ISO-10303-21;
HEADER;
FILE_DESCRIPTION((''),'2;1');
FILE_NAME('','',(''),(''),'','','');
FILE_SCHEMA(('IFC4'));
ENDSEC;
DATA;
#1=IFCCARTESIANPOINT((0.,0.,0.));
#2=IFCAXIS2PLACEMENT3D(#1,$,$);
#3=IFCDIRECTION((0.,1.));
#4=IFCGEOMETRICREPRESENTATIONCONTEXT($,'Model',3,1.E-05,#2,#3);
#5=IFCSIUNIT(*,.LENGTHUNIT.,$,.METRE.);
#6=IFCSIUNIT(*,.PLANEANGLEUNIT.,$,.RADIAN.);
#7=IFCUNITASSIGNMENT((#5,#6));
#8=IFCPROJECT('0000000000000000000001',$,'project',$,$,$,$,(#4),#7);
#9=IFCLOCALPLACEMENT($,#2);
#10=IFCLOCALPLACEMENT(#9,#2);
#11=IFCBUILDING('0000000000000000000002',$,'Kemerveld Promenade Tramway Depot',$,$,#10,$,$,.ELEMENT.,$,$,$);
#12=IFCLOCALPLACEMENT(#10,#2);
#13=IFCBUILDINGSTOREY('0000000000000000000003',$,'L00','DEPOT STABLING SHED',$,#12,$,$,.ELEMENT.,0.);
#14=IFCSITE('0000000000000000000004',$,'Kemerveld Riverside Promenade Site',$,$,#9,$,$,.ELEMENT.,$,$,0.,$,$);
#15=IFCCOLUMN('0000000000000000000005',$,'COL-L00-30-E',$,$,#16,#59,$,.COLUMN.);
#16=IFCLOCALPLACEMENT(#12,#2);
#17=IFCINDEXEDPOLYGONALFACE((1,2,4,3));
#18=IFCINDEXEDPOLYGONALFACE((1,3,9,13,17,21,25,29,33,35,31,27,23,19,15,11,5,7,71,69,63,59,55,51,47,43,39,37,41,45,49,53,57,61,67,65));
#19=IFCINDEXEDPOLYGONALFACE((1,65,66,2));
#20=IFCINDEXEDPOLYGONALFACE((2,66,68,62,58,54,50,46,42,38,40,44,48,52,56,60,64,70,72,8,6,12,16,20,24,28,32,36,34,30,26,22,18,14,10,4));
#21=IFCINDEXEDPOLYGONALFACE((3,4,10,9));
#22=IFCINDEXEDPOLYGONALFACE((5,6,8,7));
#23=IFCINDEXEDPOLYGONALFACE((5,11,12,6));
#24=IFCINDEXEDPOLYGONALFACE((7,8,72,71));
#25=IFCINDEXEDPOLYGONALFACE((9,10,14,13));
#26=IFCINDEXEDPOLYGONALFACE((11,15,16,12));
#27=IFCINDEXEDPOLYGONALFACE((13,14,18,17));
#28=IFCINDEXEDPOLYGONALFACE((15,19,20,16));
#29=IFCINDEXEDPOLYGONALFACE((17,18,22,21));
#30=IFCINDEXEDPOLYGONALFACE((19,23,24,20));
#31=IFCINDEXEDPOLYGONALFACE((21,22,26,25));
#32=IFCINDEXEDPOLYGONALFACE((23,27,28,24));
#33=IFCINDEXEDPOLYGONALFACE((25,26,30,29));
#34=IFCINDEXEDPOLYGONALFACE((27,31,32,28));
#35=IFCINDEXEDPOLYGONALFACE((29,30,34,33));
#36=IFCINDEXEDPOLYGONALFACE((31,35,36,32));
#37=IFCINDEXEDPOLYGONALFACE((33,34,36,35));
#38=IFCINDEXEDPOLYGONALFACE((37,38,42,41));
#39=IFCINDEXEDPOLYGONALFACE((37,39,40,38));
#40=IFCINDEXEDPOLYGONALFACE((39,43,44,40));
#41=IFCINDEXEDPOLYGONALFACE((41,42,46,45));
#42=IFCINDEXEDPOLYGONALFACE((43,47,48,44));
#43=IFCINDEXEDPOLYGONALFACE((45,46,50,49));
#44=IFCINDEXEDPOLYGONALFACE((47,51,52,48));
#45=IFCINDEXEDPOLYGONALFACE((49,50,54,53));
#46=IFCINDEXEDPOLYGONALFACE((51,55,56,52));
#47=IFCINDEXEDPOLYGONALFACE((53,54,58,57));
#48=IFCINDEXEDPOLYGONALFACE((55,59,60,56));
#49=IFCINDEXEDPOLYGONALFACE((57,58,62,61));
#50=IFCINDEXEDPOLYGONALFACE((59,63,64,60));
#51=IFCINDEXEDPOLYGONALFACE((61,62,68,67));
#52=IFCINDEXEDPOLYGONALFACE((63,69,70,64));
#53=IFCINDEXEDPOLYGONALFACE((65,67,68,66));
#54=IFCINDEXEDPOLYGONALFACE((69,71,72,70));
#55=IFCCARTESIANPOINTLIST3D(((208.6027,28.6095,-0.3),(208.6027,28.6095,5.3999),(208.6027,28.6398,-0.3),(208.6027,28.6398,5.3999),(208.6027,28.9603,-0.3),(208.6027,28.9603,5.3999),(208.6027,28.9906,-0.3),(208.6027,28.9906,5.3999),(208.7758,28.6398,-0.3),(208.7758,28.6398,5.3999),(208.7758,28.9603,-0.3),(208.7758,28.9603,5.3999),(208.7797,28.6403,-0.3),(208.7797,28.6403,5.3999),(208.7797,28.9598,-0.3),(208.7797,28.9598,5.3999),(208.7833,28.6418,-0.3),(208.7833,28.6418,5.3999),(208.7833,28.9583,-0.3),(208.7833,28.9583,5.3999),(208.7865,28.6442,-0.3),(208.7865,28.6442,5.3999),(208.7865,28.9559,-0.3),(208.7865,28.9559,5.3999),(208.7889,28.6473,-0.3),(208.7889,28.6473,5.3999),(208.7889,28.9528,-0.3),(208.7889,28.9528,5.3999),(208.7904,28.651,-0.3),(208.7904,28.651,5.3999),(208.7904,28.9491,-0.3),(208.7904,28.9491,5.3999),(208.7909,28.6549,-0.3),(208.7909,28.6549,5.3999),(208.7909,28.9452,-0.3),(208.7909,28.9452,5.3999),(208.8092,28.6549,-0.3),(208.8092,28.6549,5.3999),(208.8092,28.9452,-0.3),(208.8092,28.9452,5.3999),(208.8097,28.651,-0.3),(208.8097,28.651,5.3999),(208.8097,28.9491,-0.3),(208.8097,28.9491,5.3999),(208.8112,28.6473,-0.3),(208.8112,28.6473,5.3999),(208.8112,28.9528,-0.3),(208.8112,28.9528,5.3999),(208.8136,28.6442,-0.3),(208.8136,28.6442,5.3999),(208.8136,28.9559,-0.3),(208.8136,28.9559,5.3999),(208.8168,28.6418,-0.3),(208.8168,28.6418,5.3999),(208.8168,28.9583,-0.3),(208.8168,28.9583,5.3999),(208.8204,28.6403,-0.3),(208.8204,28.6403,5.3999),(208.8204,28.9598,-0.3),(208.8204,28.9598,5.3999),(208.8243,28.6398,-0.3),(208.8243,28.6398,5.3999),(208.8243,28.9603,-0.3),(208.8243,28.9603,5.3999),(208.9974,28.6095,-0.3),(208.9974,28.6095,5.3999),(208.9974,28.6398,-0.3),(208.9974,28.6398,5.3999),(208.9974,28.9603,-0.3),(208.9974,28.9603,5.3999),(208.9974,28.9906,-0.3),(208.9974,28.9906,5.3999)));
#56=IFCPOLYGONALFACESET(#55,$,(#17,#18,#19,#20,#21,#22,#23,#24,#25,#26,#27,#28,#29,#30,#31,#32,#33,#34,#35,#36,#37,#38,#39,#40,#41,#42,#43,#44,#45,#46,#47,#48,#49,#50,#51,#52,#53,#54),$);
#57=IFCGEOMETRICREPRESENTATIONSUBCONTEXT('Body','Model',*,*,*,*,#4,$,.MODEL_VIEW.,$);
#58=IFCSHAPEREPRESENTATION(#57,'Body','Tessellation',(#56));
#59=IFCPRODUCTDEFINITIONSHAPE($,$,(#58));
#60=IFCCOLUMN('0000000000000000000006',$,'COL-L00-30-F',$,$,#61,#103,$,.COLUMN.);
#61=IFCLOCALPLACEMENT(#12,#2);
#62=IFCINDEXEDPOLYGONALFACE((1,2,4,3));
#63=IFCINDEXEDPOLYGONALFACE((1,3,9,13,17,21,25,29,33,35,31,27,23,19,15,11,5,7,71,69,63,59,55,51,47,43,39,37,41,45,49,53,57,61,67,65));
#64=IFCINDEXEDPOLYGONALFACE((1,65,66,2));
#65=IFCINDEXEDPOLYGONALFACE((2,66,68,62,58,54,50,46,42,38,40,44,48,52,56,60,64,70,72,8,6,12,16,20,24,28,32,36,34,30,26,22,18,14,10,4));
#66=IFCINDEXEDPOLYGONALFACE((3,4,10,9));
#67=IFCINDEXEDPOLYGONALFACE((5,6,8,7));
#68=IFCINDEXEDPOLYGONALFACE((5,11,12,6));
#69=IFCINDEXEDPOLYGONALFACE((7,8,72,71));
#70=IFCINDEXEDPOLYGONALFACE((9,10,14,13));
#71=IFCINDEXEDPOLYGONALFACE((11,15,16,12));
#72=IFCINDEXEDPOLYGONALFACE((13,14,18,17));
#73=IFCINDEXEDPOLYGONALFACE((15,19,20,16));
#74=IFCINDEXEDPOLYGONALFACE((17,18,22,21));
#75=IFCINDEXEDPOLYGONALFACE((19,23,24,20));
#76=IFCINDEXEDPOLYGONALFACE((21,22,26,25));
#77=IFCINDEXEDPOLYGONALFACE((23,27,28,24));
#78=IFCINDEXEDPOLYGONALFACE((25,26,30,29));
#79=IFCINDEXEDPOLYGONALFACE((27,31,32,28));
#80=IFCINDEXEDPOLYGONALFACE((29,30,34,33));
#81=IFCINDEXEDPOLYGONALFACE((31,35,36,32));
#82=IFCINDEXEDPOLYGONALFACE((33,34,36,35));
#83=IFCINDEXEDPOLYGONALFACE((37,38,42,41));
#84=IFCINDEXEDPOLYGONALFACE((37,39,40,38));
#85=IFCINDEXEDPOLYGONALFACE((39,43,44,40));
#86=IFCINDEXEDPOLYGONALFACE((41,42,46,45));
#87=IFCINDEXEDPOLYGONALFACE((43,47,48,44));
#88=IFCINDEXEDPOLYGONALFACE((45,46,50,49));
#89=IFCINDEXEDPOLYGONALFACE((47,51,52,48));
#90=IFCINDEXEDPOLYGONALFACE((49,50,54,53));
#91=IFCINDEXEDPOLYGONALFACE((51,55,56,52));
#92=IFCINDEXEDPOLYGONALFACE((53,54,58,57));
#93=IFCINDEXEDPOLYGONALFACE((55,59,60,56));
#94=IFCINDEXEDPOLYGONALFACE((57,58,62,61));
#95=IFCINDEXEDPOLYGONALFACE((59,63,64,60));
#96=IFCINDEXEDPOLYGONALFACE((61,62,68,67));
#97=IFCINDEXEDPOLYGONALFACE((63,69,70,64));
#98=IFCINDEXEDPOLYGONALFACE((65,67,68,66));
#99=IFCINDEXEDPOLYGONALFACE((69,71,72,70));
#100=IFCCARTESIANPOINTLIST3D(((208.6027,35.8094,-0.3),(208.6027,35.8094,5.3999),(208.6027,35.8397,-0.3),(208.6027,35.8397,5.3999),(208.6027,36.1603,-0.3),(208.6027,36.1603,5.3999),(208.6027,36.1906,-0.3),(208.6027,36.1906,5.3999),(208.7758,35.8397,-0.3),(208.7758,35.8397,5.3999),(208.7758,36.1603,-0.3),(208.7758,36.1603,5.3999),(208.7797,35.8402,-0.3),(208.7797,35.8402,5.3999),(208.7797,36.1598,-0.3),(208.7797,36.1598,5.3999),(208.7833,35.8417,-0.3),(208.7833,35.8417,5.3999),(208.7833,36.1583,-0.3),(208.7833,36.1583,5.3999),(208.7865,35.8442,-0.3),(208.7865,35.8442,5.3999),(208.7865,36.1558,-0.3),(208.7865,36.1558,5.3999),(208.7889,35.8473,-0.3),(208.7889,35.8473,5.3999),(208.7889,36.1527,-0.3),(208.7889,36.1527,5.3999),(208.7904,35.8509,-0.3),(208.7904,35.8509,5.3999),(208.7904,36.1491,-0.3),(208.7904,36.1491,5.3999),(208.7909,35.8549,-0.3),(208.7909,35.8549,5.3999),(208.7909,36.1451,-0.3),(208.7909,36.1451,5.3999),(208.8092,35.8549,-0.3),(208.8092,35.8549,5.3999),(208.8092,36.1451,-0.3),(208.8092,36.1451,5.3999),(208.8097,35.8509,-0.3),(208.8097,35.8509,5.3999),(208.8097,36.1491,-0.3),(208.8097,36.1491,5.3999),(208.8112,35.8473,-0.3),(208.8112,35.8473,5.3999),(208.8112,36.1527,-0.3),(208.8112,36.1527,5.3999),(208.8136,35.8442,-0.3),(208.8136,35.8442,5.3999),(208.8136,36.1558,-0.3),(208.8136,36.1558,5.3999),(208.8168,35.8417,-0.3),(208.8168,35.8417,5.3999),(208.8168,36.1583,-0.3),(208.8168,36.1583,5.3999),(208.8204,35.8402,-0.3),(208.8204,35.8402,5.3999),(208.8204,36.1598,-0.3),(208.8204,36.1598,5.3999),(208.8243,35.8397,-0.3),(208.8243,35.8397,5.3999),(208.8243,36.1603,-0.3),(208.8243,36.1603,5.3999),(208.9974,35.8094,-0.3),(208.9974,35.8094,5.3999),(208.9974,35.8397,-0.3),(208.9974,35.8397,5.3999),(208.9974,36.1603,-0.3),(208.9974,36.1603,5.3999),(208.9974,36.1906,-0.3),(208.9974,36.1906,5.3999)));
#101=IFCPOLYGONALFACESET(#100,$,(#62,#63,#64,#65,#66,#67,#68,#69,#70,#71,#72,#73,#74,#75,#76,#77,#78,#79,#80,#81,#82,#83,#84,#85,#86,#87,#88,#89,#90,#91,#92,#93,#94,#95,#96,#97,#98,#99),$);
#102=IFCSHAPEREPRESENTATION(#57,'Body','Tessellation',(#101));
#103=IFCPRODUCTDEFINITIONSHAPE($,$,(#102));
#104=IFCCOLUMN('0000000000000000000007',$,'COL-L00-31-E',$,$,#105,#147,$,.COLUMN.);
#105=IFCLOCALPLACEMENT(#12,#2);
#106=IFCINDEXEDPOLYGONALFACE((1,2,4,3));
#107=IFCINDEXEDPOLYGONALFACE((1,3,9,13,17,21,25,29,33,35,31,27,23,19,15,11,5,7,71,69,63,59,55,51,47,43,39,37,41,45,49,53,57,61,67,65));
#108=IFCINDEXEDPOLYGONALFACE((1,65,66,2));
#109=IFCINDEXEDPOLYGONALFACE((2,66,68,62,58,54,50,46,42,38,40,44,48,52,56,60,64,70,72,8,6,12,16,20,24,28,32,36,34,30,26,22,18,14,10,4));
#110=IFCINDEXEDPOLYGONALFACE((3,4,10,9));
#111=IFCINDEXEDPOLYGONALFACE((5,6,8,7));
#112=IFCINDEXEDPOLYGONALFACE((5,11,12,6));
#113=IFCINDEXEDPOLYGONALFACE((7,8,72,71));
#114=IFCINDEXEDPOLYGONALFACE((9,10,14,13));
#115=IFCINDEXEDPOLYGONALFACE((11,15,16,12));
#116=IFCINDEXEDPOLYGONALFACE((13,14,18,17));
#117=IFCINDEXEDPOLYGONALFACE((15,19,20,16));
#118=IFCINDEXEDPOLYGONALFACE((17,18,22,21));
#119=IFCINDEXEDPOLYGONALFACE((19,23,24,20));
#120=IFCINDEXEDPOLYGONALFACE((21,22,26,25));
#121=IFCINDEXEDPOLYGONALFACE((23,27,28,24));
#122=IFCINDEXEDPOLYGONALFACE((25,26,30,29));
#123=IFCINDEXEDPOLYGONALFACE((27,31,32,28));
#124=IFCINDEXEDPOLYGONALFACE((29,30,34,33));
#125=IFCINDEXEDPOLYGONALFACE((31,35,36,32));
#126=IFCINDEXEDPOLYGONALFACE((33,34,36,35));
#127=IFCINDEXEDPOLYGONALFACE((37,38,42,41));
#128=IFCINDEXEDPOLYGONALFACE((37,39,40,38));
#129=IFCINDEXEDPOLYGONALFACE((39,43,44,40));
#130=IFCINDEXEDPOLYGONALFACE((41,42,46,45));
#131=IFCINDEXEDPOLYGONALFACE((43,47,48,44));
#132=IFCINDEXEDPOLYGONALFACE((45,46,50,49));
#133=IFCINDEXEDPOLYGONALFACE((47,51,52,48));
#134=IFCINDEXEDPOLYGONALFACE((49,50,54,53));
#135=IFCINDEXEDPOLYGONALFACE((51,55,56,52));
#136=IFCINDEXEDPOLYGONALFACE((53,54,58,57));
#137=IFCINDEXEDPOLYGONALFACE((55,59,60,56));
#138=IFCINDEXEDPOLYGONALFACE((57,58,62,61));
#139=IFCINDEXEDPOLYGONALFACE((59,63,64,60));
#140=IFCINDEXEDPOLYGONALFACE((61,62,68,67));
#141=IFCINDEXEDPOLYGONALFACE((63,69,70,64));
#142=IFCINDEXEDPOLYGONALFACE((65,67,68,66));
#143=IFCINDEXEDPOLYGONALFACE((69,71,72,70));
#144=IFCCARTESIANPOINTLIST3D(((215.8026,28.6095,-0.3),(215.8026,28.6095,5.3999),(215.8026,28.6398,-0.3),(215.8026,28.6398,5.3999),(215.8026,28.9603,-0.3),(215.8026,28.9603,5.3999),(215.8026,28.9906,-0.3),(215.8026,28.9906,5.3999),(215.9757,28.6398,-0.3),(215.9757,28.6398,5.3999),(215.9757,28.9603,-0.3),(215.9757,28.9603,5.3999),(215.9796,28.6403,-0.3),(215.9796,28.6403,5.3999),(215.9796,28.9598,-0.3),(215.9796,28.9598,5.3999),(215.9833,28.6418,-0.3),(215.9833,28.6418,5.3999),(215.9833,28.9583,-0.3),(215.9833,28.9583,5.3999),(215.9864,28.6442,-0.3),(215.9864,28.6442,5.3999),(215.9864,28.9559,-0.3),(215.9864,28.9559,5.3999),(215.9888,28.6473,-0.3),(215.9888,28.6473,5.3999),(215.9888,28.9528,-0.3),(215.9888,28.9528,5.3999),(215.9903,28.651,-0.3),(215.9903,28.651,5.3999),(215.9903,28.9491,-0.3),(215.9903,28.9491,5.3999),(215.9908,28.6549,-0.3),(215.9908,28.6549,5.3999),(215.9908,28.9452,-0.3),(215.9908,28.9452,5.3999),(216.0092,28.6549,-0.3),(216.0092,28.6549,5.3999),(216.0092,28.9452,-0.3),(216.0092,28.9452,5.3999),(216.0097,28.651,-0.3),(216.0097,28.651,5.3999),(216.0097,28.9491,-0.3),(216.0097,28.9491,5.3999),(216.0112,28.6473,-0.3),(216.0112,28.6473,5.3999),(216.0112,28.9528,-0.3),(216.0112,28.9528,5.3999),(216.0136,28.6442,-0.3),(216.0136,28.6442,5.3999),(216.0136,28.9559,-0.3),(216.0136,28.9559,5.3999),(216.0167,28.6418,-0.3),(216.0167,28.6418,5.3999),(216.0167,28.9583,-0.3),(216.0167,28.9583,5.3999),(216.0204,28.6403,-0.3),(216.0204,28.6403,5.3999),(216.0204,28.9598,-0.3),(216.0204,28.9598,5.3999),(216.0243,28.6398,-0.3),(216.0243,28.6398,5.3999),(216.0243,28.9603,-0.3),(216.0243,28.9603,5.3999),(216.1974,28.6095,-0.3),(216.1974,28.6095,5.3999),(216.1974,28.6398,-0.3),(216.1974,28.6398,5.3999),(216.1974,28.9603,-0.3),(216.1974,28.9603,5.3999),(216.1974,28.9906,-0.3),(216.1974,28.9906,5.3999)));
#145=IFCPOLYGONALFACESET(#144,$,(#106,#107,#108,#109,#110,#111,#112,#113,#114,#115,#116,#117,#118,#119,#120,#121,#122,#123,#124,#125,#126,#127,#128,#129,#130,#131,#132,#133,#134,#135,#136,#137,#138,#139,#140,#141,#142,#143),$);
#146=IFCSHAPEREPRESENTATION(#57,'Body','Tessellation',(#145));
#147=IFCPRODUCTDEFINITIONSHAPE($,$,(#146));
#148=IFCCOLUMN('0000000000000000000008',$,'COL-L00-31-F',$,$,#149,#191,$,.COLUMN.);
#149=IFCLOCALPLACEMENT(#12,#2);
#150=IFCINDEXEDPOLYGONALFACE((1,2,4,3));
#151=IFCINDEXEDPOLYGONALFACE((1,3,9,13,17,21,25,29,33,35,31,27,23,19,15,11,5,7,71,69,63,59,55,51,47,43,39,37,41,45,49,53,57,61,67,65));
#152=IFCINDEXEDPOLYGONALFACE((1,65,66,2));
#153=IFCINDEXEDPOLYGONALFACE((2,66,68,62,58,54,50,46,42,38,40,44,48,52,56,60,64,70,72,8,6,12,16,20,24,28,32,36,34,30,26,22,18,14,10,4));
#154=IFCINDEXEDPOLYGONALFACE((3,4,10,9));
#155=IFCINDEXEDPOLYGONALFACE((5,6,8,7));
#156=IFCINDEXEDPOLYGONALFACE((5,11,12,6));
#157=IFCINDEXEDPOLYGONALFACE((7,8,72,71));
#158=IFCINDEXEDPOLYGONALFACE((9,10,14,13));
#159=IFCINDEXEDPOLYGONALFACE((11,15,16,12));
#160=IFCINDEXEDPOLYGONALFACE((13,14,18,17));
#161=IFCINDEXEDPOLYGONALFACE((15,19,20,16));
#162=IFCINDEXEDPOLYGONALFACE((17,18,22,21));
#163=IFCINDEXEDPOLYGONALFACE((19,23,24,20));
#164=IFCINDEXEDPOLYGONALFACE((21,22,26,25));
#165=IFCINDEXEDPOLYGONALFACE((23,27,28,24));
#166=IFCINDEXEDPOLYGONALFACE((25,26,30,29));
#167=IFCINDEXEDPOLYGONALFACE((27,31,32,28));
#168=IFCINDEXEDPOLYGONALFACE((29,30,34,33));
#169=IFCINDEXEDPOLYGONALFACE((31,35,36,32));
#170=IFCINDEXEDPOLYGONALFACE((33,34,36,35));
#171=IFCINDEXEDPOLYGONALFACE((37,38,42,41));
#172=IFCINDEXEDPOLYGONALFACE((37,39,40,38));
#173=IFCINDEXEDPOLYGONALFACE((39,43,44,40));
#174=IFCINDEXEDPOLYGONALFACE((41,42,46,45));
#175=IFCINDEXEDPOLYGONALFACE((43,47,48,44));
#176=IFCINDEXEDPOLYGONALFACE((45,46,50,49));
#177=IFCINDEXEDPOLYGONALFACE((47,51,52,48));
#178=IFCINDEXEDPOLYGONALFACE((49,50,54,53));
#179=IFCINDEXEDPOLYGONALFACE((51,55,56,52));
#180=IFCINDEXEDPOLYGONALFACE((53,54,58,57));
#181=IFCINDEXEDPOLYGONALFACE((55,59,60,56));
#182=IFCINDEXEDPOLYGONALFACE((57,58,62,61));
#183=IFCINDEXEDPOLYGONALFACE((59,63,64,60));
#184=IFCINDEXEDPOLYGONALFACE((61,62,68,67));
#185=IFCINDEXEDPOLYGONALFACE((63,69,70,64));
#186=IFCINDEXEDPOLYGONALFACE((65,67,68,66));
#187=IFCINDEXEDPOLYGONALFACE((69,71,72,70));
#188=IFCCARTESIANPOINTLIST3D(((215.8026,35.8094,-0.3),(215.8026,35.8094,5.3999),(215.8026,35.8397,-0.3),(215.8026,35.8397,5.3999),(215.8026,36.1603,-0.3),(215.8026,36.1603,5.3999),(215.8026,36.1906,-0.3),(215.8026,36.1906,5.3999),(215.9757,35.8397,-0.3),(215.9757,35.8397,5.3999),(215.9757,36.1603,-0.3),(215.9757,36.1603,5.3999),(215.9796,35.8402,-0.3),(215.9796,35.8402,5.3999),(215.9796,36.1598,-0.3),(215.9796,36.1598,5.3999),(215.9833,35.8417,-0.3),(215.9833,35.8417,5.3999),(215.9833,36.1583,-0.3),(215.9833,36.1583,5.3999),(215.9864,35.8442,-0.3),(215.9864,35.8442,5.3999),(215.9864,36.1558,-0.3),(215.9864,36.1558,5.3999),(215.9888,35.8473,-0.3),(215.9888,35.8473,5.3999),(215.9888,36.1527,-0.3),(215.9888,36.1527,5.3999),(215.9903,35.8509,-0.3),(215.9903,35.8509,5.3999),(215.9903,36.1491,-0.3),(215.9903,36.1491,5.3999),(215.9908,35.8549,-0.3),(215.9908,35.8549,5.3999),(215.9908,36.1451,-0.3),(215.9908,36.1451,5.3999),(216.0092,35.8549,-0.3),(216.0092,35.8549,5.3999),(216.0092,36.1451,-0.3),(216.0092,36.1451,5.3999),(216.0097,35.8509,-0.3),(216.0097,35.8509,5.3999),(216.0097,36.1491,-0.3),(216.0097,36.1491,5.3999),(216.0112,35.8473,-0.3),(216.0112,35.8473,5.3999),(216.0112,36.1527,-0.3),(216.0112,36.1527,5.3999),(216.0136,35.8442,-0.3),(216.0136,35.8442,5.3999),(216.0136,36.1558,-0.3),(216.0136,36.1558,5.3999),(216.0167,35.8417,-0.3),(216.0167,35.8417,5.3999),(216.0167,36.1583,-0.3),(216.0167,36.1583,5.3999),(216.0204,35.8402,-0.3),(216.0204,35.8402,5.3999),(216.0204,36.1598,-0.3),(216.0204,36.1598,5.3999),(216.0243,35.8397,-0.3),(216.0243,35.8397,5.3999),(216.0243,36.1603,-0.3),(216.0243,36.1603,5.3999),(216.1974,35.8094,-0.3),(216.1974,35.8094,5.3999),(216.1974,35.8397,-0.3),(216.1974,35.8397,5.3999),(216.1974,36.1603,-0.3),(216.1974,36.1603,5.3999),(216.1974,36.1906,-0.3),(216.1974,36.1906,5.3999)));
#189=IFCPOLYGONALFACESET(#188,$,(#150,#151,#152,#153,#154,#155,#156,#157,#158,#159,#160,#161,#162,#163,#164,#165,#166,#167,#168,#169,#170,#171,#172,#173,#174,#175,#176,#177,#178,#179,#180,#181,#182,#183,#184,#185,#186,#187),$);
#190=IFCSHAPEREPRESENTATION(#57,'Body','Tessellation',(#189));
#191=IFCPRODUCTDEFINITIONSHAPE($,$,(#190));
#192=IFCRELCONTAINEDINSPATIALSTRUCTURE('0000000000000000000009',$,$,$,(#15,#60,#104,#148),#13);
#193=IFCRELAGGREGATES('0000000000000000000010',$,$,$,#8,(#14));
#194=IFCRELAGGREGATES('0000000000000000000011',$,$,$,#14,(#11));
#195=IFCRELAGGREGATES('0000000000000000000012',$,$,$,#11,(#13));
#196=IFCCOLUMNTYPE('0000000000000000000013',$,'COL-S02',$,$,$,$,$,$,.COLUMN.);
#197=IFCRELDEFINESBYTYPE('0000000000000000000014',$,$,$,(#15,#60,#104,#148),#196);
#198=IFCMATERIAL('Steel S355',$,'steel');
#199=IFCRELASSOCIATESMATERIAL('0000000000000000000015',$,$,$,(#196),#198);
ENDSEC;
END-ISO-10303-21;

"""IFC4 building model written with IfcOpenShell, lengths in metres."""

from ifc_helpers import new_model, si_unit, direction, frame, origin, origin_2d, place, context, subcontext, project, spatial, i_section, extrude, material, material_profile, profile_set, type_object, element, save


model = new_model("IFC4")

# Units and contexts
model_context = context("Model", 3, precision=1e-05, world=origin(), true_north=direction((0.0, 1.0)))
body_context = subcontext(model_context, "Body", "Model", "MODEL_VIEW")
ifc_project = project(units=[si_unit("LENGTHUNIT", "METRE"), si_unit("PLANEANGLEUNIT", "RADIAN")], contexts=[model_context])

# Site, building, storey
site_placement = place(None, origin())
site = spatial("IfcSite", under=ifc_project, at=site_placement, Name="Kemerveld Riverside Promenade Site", CompositionType="ELEMENT", RefElevation=0.0)
building_placement = place(site_placement, origin())
building = spatial("IfcBuilding", under=site, at=building_placement, Name="Kemerveld Promenade Tramway Depot", CompositionType="ELEMENT")
storey_placement = place(building_placement, origin())
storey = spatial("IfcBuildingStorey", under=building, at=storey_placement, Name="L00", Description="DEPOT STABLING SHED", CompositionType="ELEMENT", Elevation=0.0)

# Columns
ifc_material_1 = material(Name="Steel S355", Category="steel")
ifc_material_profile_1 = material_profile(ifc_material_1, i_section(OverallWidth=0.3948, OverallDepth=0.3811, WebThickness=0.0183, FlangeThickness=0.0303, FilletRadius=0.0151, at=origin_2d()), Name="356x406x235 UC")
ifc_profile_set_1 = profile_set([ifc_material_profile_1], Name="Steel S355")
column_type = type_object("IfcColumnType", Name="COL-S02", PredefinedType="COLUMN", material=ifc_profile_set_1)
for number, where, z_axis, x_axis, name in (
    (1, (208.8, 28.8, -0.3), (0.0, 0.0, 1.0), (1.0, 0.0, 0.0), "COL-L00-30-E"),
    (2, (208.8, 36.0, -0.3), (0.0, 0.0, 1.0), (1.0, 0.0, 0.0), "COL-L00-30-F"),
    (3, (216.0, 28.8, -0.3), (0.0, 0.0, 1.0), (1.0, 0.0, 0.0), "COL-L00-31-E"),
    (4, (216.0, 36.0, -0.3), (0.0, 0.0, 1.0), (1.0, 0.0, 0.0), "COL-L00-31-F"),
):
    element("IfcColumn", number, at=place(storey_placement, frame(where, z_axis=z_axis, x_axis=x_axis)), inside=storey, type_object=column_type, Name=name, PredefinedType="COLUMN", context=body_context, shape_type="SweptSolid", body=[
        extrude(i_section(OverallWidth=0.3948, OverallDepth=0.3811, WebThickness=0.0183, FlangeThickness=0.0303, FilletRadius=0.0151, at=origin_2d()), origin(), (0.0, 0.0, 1.0), 5.7),
    ])

save(model, "model.ifc")
